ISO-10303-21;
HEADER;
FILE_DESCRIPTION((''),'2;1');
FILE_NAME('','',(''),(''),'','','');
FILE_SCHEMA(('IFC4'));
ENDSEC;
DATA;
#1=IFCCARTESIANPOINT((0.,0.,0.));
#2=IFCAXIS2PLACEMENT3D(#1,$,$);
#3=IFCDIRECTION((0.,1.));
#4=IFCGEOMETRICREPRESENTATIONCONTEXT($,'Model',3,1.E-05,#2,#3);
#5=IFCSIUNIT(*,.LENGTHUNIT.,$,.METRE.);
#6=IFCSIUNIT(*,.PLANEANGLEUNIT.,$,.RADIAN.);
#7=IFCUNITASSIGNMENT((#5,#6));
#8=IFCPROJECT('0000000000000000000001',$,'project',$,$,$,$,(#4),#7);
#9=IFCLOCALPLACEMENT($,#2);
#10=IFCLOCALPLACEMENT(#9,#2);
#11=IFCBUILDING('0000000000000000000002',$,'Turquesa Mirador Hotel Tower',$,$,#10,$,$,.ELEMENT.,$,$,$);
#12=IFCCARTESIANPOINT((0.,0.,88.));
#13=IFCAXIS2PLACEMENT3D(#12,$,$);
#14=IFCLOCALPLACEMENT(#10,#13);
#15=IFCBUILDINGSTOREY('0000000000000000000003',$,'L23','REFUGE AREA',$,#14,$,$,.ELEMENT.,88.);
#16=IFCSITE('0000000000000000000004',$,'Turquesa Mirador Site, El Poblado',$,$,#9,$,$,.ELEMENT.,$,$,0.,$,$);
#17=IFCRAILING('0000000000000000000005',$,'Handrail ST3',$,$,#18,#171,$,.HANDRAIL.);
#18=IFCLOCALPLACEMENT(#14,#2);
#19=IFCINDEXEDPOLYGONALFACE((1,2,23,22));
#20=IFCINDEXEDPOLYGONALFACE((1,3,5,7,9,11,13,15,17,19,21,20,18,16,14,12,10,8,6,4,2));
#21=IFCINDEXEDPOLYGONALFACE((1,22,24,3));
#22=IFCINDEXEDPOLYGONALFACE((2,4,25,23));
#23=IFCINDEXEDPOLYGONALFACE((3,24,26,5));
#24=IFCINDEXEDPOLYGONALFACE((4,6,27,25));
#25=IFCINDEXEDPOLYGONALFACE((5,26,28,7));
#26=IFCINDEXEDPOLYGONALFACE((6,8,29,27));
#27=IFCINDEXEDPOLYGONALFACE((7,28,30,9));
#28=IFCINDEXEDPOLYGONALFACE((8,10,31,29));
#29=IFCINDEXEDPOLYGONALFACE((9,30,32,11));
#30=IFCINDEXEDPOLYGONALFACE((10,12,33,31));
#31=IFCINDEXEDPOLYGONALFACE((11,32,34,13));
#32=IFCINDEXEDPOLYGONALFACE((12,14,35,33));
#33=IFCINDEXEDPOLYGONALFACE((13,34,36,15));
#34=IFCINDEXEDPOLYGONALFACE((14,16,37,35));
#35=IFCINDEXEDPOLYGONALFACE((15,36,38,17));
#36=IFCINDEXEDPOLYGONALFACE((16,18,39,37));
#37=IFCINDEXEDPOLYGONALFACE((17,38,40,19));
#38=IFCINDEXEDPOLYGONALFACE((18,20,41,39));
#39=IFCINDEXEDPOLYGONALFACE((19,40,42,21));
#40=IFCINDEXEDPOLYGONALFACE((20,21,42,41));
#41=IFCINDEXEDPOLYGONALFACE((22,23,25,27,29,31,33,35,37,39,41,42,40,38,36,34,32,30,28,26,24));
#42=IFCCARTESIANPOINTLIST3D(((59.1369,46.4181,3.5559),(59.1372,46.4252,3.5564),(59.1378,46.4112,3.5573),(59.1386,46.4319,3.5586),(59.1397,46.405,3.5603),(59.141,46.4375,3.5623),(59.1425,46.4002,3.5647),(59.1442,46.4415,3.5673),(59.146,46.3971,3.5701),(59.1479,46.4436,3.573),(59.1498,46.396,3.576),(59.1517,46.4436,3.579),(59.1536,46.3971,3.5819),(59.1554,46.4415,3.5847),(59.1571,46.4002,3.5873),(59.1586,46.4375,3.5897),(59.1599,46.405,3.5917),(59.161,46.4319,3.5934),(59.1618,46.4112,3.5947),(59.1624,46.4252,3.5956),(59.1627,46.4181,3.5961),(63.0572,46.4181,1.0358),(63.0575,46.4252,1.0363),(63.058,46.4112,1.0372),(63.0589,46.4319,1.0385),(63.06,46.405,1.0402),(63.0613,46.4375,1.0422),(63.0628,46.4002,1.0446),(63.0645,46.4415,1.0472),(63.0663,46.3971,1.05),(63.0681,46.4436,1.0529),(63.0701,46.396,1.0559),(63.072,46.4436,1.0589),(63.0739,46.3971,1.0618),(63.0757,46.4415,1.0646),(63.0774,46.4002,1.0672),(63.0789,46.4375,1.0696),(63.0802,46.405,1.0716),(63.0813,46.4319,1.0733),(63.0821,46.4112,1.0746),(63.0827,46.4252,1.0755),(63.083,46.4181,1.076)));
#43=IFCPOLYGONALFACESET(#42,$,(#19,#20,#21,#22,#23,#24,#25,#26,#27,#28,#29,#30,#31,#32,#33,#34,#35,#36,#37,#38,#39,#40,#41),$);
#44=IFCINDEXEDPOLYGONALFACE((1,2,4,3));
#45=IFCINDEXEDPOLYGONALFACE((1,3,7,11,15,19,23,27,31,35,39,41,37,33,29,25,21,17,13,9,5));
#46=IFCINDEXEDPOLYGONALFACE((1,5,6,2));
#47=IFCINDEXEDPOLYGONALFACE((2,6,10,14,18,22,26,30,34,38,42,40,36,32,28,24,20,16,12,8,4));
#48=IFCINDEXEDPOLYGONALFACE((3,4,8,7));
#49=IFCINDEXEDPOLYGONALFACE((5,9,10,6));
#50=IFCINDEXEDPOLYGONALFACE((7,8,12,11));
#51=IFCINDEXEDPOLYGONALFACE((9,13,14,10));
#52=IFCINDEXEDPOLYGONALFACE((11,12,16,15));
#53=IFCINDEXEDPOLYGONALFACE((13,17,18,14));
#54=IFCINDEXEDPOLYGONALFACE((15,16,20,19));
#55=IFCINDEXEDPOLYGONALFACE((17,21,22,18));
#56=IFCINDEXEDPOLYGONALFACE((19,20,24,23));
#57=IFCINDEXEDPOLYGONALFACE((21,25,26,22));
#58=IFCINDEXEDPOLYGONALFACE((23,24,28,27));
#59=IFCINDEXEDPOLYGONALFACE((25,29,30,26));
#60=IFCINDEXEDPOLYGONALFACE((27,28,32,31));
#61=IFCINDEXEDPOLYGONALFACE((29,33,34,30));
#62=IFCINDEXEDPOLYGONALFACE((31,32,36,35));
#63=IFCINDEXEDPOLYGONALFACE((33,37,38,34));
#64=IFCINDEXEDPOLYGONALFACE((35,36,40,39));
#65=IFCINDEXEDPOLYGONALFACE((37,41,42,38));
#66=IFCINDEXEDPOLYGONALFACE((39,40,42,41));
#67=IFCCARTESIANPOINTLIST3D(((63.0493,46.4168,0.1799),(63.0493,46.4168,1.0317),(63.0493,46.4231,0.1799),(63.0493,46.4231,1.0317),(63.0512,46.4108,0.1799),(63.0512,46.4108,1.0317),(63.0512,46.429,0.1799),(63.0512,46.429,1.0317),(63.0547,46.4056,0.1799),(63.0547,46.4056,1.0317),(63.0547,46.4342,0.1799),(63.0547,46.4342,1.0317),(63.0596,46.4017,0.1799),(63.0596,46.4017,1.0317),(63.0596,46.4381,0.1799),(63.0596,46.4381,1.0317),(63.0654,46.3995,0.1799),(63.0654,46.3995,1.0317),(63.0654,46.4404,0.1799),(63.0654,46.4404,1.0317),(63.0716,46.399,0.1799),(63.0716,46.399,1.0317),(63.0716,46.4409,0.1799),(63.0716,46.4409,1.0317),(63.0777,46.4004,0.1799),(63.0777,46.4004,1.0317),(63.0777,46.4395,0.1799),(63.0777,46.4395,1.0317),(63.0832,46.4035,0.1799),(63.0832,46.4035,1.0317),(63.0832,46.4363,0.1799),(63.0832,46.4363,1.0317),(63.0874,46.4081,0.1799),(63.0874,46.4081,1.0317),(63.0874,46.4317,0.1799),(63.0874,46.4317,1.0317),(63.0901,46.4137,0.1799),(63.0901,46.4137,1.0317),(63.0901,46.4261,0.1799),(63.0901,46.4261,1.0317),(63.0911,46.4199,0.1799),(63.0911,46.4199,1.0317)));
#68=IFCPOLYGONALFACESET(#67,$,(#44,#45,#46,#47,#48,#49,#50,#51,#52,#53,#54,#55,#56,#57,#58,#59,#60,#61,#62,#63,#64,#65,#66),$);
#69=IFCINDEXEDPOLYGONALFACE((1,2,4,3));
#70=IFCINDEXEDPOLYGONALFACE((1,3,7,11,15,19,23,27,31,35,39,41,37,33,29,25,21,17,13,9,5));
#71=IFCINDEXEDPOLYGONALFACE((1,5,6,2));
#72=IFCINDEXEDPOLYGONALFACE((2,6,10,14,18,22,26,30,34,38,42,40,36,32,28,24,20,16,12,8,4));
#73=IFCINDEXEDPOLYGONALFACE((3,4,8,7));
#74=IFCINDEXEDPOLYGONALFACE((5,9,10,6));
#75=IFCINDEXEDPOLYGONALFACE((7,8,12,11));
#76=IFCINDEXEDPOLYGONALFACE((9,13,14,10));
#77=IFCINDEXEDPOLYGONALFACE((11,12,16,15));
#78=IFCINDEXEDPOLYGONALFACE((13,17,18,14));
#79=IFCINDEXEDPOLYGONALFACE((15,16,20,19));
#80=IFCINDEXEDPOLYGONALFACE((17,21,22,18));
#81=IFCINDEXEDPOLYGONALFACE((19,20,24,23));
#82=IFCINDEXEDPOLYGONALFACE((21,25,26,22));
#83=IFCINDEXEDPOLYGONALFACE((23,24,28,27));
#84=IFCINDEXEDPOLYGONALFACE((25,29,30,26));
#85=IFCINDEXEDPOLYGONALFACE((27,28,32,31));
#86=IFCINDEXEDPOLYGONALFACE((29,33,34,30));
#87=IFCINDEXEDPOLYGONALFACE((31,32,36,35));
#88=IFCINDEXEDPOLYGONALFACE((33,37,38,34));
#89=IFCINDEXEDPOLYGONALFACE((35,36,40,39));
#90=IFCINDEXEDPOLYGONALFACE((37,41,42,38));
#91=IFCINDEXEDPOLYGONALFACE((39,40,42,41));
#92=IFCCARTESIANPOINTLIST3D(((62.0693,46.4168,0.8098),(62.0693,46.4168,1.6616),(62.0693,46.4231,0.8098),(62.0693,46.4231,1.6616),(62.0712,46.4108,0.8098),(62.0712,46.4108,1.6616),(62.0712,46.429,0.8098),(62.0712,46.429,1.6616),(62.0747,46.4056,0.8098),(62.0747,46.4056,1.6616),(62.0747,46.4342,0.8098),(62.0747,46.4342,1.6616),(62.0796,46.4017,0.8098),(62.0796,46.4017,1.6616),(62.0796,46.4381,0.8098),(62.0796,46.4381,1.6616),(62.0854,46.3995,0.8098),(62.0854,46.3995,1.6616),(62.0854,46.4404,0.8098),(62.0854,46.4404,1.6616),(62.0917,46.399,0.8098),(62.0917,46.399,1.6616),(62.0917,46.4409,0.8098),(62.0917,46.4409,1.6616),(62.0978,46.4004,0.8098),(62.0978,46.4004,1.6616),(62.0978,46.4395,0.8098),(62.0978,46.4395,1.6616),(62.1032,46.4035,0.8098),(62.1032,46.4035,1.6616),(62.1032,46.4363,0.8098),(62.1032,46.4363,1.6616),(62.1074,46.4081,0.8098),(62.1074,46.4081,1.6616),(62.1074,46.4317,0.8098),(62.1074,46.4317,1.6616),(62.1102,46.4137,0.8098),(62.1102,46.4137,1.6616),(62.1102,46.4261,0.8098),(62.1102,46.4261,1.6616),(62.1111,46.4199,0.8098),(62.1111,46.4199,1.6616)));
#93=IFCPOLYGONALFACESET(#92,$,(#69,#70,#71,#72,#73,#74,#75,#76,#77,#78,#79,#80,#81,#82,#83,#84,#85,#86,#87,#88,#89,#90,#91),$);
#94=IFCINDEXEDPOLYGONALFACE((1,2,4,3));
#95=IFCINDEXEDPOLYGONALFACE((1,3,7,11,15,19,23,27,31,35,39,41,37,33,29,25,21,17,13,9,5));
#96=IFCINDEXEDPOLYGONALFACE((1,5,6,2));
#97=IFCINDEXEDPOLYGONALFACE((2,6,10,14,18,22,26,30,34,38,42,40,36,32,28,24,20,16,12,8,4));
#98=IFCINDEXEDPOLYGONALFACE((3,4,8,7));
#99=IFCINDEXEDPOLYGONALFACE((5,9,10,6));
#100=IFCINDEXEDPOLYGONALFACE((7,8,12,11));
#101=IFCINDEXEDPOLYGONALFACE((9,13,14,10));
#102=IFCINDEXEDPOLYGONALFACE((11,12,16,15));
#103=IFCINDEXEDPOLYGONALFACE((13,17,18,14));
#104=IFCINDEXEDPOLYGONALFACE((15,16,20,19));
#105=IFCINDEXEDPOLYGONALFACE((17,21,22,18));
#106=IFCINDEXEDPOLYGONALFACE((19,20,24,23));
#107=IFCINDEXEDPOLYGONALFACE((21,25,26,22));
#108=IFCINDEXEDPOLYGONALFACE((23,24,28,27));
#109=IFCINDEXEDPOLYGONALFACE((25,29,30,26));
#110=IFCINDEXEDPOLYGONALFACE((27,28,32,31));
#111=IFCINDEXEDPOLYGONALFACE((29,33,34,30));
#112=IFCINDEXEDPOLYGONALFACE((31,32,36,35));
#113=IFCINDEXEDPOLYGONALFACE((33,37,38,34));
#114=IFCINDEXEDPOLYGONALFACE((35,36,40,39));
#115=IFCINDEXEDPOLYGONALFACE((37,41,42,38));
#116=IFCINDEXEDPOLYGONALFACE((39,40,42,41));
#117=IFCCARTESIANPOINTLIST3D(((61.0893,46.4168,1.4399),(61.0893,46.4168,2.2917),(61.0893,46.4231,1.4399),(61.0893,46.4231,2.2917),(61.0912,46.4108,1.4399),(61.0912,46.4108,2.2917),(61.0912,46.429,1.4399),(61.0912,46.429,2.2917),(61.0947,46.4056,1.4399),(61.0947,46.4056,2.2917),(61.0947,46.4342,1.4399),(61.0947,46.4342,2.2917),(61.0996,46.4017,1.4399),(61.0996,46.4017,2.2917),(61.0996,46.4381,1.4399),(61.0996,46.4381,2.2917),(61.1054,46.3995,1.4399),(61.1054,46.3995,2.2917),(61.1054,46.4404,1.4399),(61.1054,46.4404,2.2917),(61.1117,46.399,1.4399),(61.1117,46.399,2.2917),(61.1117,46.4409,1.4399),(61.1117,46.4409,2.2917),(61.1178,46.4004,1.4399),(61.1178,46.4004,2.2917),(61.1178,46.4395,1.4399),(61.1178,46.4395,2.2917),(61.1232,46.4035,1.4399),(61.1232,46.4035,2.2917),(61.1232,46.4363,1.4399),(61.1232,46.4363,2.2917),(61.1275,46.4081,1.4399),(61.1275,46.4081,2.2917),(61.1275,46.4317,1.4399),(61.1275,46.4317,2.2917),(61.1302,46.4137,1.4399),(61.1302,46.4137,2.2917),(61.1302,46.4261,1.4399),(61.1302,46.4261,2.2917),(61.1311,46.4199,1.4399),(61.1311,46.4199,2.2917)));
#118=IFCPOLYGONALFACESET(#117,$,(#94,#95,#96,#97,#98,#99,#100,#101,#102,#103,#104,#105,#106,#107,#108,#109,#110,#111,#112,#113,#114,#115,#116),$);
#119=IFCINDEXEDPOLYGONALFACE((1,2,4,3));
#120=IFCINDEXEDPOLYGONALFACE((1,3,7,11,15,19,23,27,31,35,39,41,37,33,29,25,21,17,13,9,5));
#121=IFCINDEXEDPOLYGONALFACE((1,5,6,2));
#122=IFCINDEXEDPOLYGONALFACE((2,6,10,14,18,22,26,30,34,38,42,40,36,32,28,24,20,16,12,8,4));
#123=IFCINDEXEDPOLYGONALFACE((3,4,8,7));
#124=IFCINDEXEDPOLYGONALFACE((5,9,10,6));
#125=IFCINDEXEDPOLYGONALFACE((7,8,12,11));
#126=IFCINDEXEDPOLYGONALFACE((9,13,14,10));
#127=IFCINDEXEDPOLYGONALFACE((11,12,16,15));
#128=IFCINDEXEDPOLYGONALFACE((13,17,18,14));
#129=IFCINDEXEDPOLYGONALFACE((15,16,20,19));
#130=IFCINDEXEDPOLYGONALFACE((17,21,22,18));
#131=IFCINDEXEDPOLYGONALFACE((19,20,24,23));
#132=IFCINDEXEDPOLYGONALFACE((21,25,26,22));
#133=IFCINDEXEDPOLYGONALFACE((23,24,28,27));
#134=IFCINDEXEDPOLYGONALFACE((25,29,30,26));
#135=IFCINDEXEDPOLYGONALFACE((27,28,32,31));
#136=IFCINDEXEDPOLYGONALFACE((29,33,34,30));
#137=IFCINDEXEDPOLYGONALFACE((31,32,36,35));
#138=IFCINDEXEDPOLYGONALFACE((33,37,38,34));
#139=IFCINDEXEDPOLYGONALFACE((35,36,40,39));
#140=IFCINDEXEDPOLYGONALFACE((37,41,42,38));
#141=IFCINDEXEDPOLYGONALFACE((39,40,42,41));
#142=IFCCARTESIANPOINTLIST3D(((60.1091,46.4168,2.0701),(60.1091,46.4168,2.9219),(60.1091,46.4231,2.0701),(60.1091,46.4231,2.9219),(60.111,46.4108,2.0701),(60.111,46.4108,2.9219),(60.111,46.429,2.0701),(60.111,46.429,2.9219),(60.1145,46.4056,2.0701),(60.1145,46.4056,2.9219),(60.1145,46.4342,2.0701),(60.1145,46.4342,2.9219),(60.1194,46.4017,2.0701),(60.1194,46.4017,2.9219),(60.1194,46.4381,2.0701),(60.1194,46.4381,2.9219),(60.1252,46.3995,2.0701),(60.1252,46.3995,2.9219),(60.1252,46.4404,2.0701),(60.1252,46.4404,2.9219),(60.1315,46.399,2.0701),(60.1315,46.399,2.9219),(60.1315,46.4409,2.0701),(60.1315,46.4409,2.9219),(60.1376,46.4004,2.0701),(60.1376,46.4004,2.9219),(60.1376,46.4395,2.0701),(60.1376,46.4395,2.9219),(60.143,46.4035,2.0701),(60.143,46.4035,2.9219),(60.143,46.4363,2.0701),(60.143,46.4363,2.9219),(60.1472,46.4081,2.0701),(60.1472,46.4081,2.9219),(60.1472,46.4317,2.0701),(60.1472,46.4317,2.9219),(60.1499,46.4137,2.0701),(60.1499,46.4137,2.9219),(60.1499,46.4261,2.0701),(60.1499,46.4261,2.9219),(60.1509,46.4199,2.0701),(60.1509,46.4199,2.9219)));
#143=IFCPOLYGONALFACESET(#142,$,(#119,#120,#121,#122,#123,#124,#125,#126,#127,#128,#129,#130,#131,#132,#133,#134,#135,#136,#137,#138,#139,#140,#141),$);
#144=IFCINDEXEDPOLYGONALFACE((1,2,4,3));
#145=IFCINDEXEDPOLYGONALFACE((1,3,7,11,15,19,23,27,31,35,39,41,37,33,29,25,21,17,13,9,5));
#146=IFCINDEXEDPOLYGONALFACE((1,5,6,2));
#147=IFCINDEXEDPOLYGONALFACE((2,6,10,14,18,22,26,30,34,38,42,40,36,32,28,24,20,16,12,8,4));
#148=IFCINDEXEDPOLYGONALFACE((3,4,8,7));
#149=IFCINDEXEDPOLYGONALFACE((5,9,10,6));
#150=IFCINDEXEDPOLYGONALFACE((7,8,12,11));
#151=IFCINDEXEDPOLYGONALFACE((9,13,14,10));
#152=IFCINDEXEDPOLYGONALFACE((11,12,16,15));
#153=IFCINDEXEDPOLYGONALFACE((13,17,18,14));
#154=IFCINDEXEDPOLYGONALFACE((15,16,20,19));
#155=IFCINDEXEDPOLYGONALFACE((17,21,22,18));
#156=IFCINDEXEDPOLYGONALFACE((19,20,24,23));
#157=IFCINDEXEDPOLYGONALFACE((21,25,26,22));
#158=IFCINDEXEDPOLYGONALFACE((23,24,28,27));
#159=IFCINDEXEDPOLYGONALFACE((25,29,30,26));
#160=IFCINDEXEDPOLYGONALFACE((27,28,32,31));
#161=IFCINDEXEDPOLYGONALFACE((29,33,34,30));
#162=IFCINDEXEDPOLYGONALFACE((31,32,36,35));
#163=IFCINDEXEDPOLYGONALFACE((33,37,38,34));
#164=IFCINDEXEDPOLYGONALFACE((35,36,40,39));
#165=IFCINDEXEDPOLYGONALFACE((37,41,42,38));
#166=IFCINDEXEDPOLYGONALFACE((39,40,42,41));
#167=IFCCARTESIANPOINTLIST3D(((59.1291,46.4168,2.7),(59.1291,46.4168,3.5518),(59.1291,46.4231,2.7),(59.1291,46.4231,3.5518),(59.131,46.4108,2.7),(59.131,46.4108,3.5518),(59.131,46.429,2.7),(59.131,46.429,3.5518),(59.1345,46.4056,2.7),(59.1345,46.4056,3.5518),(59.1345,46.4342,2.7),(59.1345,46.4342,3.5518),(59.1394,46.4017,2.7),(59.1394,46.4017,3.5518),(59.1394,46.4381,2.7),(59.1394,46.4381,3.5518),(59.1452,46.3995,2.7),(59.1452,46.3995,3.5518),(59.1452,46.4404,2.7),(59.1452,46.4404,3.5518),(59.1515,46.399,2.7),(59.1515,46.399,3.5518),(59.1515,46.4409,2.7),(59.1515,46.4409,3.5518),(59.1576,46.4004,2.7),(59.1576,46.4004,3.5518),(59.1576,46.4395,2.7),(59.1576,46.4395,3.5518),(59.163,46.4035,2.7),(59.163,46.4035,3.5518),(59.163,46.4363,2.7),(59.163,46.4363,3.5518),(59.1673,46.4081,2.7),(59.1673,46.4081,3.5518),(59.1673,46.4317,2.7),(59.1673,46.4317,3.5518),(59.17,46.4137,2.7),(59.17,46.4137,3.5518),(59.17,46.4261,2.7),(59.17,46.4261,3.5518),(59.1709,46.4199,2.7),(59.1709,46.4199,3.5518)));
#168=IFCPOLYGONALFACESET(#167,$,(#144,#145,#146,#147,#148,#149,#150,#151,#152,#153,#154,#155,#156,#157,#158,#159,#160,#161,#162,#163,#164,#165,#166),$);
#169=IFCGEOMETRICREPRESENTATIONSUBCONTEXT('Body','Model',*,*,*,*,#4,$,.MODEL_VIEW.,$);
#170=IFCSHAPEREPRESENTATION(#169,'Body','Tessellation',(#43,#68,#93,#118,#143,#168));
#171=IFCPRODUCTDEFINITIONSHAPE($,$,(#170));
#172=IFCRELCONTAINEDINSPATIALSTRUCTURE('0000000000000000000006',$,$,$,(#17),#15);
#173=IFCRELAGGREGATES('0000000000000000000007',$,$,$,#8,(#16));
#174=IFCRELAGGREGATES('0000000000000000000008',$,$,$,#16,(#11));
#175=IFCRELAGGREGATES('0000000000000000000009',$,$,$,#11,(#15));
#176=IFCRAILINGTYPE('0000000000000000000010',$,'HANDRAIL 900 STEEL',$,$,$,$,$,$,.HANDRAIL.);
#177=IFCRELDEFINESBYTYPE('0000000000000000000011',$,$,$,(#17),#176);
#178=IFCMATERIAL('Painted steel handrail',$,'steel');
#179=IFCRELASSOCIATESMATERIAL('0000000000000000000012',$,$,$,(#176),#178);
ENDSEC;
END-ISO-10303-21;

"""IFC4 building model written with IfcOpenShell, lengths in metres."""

from ifc_helpers import new_model, si_unit, direction, frame, origin, origin_2d, place, context, subcontext, project, spatial, circle, extrude, material, type_object, element, save


model = new_model("IFC4")

# Units and contexts
model_context = context("Model", 3, precision=1e-05, world=origin(), true_north=direction((0.0, 1.0)))
body_context = subcontext(model_context, "Body", "Model", "MODEL_VIEW")
ifc_project = project(units=[si_unit("LENGTHUNIT", "METRE"), si_unit("PLANEANGLEUNIT", "RADIAN")], contexts=[model_context])

# Site, building, storey
site_placement = place(None, origin())
site = spatial("IfcSite", under=ifc_project, at=site_placement, Name="Turquesa Mirador Site, El Poblado", CompositionType="ELEMENT", RefElevation=0.0)
building_placement = place(site_placement, origin())
building = spatial("IfcBuilding", under=site, at=building_placement, Name="Turquesa Mirador Hotel Tower", CompositionType="ELEMENT")
storey_placement = place(building_placement, frame((0.0, 0.0, 88.0)))
storey = spatial("IfcBuildingStorey", under=building, at=storey_placement, Name="L23", Description="REFUGE AREA", CompositionType="ELEMENT", Elevation=88.0)

# Railing
ifc_material_1 = material(Name="Painted steel handrail", Category="steel")
railing_type = type_object("IfcRailingType", Name="HANDRAIL 900 STEEL", PredefinedType="HANDRAIL", material=ifc_material_1)
for number, where, name in (
    (1, (63.0701, 46.4199, 0.1799), "Handrail ST3"),
):
    element("IfcRailing", number, at=place(storey_placement, frame(where)), inside=storey, type_object=railing_type, Name=name, PredefinedType="HANDRAIL", context=body_context, shape_type="SweptSolid", body=[
        extrude(circle(Radius=0.0239, at=origin_2d()), frame((0.0, 0.0, 0.876), z_axis=(-0.841187, 0.0, 0.540744), x_axis=(0.0, -1.0, 0.0)), (0.0, 0.0, 1.0), 4.6604),
        extrude(circle(Radius=0.021, at=origin_2d()), origin(), (0.0, 0.0, 1.0), 0.8518),
        extrude(circle(Radius=0.021, at=origin_2d()), frame((-0.98, 0.0, 0.6299)), (0.0, 0.0, 1.0), 0.8518),
        extrude(circle(Radius=0.021, at=origin_2d()), frame((-1.96, 0.0, 1.26)), (0.0, 0.0, 1.0), 0.8518),
        extrude(circle(Radius=0.021, at=origin_2d()), frame((-2.9402, 0.0, 1.8901)), (0.0, 0.0, 1.0), 0.8518),
        extrude(circle(Radius=0.021, at=origin_2d()), frame((-3.9202, 0.0, 2.52)), (0.0, 0.0, 1.0), 0.8518),
    ])

save(model, "model.ifc")
